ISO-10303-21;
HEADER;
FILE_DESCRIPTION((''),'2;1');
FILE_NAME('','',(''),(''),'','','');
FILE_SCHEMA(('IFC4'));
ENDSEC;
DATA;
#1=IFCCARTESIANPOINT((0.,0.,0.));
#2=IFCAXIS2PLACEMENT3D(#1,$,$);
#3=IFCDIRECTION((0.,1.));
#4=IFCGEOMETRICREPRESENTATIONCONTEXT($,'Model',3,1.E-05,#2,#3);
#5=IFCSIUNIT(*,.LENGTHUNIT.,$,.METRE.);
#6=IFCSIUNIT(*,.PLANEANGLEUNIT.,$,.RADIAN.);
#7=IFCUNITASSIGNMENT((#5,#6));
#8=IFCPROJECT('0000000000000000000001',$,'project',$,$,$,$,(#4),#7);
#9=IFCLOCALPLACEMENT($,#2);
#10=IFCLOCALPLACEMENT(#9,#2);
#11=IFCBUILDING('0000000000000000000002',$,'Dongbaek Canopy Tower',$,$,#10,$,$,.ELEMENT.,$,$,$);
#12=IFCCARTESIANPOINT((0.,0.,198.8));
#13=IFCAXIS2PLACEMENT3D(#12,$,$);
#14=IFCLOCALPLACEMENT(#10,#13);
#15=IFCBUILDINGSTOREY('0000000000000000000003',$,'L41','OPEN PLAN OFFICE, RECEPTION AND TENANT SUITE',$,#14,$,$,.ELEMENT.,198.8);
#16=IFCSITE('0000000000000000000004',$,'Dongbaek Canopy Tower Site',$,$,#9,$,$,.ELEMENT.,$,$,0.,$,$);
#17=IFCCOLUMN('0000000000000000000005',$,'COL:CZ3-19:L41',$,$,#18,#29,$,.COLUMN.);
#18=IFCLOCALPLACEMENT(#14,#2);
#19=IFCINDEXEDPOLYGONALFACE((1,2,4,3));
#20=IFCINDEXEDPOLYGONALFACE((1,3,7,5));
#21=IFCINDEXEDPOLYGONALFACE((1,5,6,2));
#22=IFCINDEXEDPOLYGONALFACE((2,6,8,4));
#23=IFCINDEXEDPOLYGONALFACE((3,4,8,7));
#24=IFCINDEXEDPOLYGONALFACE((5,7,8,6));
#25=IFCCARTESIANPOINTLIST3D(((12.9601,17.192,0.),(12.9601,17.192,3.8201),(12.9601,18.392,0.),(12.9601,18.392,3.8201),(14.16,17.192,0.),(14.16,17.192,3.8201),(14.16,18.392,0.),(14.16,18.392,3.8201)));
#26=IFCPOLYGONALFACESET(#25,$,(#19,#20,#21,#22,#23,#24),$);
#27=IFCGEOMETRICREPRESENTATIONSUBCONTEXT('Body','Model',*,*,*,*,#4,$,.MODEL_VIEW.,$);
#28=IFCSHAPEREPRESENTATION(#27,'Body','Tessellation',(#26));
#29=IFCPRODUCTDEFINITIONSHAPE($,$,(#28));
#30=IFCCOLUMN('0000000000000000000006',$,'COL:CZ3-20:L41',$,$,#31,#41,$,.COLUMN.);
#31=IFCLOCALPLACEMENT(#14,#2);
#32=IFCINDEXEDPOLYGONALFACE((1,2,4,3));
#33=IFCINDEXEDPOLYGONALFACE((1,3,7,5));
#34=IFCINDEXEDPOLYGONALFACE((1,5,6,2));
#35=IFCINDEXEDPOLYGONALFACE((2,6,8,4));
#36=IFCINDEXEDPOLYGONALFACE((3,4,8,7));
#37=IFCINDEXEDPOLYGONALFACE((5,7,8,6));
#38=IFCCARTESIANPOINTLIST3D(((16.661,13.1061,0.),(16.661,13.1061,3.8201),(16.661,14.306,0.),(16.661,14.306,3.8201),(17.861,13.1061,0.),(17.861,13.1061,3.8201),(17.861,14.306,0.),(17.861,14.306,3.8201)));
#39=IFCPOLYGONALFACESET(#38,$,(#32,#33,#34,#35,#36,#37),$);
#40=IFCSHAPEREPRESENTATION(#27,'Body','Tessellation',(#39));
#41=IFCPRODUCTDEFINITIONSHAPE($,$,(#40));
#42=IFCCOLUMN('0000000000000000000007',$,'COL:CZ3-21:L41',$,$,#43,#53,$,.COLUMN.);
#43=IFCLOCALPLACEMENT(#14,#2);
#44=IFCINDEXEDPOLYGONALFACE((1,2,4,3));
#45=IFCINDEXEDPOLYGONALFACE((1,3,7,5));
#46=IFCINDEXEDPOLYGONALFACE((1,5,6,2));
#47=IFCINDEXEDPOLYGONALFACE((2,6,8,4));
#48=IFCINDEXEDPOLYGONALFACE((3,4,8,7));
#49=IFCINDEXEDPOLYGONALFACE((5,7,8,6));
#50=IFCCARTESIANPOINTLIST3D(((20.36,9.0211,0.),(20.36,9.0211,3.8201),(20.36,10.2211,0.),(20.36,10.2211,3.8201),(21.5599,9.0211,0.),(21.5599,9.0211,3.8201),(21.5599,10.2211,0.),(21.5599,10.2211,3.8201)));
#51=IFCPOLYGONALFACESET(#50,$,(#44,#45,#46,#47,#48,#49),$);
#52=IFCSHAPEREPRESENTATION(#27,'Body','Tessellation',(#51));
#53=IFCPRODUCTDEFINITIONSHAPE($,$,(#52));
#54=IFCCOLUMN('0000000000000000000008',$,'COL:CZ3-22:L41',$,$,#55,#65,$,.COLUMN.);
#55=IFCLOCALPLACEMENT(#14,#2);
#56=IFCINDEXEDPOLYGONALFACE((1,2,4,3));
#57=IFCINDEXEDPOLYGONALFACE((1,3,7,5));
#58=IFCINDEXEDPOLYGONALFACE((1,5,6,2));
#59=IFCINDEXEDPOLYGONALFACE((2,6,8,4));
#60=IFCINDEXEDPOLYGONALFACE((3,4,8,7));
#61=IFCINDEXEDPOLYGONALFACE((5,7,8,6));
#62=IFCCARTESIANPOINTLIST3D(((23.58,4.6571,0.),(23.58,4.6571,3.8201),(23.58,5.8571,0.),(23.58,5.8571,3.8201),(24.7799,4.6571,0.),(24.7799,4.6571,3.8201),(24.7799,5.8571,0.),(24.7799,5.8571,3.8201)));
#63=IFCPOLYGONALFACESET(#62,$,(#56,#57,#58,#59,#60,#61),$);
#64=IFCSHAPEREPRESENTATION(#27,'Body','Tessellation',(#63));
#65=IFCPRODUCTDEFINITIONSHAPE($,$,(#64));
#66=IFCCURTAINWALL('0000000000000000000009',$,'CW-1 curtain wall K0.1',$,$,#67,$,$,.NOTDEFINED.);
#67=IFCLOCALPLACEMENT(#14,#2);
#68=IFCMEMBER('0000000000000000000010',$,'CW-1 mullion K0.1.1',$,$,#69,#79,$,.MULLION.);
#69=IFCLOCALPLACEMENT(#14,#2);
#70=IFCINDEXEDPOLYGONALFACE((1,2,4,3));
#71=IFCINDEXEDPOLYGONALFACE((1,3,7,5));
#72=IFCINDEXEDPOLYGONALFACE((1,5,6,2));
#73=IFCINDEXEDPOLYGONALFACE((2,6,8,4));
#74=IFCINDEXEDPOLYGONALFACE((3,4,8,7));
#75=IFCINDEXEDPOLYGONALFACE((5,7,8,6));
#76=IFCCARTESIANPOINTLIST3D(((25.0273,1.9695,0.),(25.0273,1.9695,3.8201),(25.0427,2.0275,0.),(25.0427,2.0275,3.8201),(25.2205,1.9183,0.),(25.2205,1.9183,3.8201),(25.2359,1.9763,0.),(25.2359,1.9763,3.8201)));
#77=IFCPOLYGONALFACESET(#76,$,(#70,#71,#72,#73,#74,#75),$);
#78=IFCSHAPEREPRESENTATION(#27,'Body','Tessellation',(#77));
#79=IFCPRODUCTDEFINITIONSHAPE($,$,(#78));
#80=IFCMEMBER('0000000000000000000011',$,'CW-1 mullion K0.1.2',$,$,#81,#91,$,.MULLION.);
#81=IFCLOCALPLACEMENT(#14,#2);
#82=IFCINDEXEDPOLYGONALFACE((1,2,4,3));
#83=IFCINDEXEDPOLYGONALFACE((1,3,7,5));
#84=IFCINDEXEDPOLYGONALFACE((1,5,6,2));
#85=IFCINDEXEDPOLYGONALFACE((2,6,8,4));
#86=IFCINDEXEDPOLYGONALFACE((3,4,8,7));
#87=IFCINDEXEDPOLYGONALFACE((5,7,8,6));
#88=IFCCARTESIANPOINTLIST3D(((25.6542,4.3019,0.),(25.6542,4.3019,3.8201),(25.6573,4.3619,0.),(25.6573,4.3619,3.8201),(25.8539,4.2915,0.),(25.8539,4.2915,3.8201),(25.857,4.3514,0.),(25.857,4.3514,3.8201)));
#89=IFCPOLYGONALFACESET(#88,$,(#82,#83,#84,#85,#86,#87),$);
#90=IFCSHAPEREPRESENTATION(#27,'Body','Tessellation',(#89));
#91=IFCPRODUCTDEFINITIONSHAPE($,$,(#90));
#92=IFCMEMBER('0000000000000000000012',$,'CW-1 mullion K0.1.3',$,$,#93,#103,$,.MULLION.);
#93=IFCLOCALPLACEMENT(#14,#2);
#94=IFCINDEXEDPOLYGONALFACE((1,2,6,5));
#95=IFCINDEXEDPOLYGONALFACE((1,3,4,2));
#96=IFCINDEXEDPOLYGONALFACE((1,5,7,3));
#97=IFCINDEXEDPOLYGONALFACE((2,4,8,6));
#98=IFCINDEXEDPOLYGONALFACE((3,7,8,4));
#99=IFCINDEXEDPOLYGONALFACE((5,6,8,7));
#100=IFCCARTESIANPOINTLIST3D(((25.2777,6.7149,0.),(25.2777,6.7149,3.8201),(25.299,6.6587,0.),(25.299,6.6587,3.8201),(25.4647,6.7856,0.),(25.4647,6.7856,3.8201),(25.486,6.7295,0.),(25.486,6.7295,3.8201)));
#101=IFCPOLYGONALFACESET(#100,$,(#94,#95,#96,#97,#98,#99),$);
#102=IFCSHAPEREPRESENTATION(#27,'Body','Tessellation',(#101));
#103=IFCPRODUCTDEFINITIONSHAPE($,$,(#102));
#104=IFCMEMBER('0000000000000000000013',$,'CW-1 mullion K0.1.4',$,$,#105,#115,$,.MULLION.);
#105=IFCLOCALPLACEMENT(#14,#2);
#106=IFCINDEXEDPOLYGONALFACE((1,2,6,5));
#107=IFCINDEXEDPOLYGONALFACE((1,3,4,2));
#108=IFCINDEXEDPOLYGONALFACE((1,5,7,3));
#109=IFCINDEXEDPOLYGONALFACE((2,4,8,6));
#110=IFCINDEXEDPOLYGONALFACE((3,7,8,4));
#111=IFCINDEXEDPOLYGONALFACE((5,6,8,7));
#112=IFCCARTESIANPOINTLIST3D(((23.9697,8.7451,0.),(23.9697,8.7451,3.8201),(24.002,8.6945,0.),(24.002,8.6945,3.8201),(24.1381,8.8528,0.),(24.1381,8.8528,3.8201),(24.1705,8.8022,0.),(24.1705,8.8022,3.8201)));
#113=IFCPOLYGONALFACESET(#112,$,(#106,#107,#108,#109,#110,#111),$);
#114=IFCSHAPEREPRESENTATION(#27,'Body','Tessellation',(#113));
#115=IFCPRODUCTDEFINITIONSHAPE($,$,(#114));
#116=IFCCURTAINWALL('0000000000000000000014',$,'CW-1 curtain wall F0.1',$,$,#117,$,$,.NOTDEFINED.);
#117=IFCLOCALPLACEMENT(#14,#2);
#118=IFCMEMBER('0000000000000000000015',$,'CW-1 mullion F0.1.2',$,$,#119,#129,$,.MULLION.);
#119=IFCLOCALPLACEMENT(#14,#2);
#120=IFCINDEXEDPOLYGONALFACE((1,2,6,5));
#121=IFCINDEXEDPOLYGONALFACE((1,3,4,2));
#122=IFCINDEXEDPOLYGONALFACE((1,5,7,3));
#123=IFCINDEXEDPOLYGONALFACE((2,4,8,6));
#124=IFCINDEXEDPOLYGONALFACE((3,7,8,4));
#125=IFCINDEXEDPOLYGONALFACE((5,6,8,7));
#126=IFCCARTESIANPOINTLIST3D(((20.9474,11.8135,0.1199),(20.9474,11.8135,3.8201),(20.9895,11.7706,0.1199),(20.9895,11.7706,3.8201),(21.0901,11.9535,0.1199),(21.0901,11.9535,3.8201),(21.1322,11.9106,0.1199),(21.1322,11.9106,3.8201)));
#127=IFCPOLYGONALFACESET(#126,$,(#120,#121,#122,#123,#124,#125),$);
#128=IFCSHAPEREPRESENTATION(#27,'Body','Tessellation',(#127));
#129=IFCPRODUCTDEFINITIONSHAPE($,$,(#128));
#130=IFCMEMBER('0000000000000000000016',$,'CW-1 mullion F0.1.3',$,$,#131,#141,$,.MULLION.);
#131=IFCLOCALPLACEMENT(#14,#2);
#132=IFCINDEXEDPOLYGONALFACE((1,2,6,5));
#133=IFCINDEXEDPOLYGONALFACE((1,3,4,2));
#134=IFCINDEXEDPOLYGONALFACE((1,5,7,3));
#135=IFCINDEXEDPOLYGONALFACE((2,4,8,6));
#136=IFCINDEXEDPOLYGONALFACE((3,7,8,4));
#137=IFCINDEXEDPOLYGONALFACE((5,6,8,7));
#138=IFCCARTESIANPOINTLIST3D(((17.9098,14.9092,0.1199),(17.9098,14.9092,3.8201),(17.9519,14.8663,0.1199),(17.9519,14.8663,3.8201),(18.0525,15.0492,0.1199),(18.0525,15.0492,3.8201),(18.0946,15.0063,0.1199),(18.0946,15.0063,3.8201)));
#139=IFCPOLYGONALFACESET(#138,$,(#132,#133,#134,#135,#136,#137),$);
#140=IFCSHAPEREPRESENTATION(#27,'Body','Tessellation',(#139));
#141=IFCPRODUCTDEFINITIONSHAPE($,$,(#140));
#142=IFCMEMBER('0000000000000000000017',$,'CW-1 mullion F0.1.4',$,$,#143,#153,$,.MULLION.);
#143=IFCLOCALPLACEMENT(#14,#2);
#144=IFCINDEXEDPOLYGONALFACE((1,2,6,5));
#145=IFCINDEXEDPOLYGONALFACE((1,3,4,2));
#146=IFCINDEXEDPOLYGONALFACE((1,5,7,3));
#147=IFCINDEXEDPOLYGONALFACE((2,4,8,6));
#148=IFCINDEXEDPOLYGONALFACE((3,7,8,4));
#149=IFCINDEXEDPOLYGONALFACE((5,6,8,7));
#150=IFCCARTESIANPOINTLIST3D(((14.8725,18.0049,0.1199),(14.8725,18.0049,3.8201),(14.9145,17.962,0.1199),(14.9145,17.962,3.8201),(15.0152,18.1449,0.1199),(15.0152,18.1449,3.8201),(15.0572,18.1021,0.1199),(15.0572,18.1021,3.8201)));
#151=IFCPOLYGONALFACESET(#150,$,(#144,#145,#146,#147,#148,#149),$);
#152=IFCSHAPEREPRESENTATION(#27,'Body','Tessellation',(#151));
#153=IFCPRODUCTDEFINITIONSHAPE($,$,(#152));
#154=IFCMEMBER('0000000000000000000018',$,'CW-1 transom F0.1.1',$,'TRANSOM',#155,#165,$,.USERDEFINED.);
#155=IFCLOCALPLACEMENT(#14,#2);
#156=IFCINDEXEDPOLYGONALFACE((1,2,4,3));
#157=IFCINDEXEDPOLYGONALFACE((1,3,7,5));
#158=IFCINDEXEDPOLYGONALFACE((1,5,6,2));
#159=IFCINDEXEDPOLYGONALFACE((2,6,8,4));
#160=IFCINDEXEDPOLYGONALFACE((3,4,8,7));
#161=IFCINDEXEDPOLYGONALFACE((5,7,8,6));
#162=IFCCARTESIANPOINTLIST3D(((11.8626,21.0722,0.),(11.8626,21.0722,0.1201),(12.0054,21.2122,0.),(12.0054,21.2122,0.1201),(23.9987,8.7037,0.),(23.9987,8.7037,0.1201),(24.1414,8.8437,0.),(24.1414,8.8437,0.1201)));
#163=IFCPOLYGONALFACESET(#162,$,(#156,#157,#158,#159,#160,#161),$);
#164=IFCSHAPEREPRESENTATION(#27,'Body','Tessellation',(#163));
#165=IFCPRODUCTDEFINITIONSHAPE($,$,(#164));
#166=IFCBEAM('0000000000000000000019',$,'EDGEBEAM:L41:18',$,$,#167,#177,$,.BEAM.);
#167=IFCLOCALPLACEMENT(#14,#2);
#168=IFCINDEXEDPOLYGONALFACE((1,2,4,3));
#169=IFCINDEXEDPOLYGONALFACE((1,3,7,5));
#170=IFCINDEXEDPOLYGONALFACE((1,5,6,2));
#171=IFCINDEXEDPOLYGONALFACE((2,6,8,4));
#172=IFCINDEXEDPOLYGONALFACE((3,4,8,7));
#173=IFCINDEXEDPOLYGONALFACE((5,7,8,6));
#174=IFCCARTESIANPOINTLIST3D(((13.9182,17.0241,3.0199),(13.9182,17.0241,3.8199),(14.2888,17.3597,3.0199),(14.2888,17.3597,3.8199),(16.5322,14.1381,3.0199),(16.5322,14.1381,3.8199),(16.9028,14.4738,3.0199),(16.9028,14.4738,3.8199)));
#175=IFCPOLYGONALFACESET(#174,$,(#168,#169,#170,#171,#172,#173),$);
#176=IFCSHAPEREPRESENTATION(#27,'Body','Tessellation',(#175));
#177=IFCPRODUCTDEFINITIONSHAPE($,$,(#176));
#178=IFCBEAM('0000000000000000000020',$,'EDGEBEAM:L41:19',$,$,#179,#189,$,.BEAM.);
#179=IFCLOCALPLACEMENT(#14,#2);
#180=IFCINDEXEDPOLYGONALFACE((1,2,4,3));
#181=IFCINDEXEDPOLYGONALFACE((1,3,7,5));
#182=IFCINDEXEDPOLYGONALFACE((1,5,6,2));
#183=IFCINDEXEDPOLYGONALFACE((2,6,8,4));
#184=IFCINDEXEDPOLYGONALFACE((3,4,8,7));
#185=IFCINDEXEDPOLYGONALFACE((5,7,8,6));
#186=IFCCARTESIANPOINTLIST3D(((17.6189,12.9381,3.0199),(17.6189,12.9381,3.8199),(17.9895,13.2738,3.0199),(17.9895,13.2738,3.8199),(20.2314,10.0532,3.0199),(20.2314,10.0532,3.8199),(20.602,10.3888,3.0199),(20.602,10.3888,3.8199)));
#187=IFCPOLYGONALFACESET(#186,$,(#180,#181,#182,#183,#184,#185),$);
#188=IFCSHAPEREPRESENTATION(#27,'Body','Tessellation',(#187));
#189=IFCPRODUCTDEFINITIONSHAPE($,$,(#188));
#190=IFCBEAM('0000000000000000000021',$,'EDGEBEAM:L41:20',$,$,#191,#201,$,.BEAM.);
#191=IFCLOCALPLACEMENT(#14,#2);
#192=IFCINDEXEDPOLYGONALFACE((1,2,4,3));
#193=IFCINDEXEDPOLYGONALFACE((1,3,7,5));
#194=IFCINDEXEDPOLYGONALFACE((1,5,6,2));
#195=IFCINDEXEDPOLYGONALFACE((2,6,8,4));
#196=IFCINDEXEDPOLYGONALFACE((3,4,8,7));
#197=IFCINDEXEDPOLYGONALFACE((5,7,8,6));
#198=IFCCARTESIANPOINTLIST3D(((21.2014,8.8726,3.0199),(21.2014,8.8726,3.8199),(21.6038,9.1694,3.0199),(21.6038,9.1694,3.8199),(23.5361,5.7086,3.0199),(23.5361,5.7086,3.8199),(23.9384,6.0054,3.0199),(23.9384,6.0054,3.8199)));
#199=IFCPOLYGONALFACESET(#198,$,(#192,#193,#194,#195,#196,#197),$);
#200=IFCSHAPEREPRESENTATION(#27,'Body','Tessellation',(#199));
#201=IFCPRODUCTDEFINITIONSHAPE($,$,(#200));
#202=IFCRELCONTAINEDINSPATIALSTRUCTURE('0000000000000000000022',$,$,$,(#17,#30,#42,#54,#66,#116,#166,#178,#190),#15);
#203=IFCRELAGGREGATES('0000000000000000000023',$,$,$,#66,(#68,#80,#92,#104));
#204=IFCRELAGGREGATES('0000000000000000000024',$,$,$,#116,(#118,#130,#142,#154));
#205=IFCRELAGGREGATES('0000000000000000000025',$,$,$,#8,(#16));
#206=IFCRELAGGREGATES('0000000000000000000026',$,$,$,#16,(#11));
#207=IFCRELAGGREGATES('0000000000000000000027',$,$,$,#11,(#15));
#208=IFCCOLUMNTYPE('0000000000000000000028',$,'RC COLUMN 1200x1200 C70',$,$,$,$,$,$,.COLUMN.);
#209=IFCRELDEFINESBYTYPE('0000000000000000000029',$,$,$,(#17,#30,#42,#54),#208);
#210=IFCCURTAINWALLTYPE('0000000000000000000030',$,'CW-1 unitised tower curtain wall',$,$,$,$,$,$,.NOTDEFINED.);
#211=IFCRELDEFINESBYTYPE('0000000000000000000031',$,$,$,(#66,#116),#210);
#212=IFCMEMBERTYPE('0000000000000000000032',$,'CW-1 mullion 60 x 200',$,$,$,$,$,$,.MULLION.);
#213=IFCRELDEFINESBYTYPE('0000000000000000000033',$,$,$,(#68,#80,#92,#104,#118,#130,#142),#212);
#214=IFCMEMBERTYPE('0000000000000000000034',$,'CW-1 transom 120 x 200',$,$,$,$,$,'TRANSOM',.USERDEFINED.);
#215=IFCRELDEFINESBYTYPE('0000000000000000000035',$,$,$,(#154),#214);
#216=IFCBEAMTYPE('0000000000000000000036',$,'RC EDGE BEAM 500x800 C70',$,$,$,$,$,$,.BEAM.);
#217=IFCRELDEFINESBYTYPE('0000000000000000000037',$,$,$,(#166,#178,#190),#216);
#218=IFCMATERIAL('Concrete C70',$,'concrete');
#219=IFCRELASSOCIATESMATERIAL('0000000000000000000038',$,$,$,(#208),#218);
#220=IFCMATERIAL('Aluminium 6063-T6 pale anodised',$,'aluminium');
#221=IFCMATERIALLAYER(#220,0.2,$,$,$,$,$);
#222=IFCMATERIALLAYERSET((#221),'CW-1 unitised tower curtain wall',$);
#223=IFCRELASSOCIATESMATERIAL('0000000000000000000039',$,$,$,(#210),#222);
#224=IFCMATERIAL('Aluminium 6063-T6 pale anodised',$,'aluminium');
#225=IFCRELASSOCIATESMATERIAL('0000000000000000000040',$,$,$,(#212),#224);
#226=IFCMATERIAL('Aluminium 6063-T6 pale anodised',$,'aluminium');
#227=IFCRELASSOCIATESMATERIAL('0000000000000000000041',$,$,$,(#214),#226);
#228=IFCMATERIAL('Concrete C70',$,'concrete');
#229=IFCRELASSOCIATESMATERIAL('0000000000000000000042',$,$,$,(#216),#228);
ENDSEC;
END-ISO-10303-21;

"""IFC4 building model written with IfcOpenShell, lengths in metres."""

from ifc_helpers import new_model, si_unit, direction, frame, origin, origin_2d, place, context, subcontext, project, spatial, rectangle, extrude, material, layer, layer_set, material_profile, profile_set, type_object, element, aggregate, save


model = new_model("IFC4")

# Units and contexts
model_context = context("Model", 3, precision=1e-05, world=origin(), true_north=direction((0.0, 1.0)))
body_context = subcontext(model_context, "Body", "Model", "MODEL_VIEW")
ifc_project = project(units=[si_unit("LENGTHUNIT", "METRE"), si_unit("PLANEANGLEUNIT", "RADIAN")], contexts=[model_context])

# Site, building, storey
site_placement = place(None, origin())
site = spatial("IfcSite", under=ifc_project, at=site_placement, Name="Dongbaek Canopy Tower Site", CompositionType="ELEMENT", RefElevation=0.0)
building_placement = place(site_placement, origin())
building = spatial("IfcBuilding", under=site, at=building_placement, Name="Dongbaek Canopy Tower", CompositionType="ELEMENT")
storey_placement = place(building_placement, frame((0.0, 0.0, 198.8)))
storey = spatial("IfcBuildingStorey", under=building, at=storey_placement, Name="L41", Description="OPEN PLAN OFFICE, RECEPTION AND TENANT SUITE", CompositionType="ELEMENT", Elevation=198.8)

# Columns
ifc_material_1 = material(Name="Concrete C70", Category="concrete")
ifc_material_profile_1 = material_profile(ifc_material_1, rectangle(XDim=1.2, YDim=1.2, at=origin_2d()), Name="RC COLUMN 1200x1200 C70")
ifc_profile_set_1 = profile_set([ifc_material_profile_1], Name="Concrete C70")
column_type = type_object("IfcColumnType", Name="RC COLUMN 1200x1200 C70", PredefinedType="COLUMN", material=ifc_profile_set_1)
for number, where, z_axis, x_axis, name in (
    (1, (13.5601, 17.792, 0.0), (0.0, 0.0, 1.0), (1.0, 0.0, 0.0), "COL:CZ3-19:L41"),
    (2, (17.261, 13.7061, 0.0), (0.0, 0.0, 1.0), (1.0, 0.0, 0.0), "COL:CZ3-20:L41"),
    (3, (20.96, 9.6211, 0.0), (0.0, 0.0, 1.0), (1.0, 0.0, 0.0), "COL:CZ3-21:L41"),
    (4, (24.1799, 5.2571, 0.0), (0.0, 0.0, 1.0), (1.0, 0.0, 0.0), "COL:CZ3-22:L41"),
):
    element("IfcColumn", number, at=place(storey_placement, frame(where, z_axis=z_axis, x_axis=x_axis)), inside=storey, type_object=column_type, Name=name, PredefinedType="COLUMN", context=body_context, shape_type="SweptSolid", body=[
        extrude(rectangle(XDim=1.2, YDim=1.2, at=origin_2d()), origin(), (0.0, 0.0, 1.0), 3.8201),
    ])

# Curtain walls, members
ifc_material_2 = material(Name="Aluminium 6063-T6 pale anodised", Category="aluminium")
ifc_layer_1 = layer(ifc_material_2, 0.2)
ifc_layer_set_1 = layer_set([ifc_layer_1], Name="CW-1 unitised tower curtain wall")
curtain_wall_type = type_object("IfcCurtainWallType", Name="CW-1 unitised tower curtain wall", PredefinedType="NOTDEFINED", material=ifc_layer_set_1)
curtain_wall_1_placement = place(storey_placement, origin())
curtain_wall_1 = element("IfcCurtainWall", 5, at=curtain_wall_1_placement, inside=storey, type_object=curtain_wall_type, Name="CW-1 curtain wall K0.1", PredefinedType="NOTDEFINED")
ifc_material_3 = material(Name="Aluminium 6063-T6 pale anodised", Category="aluminium")
ifc_material_profile_2 = material_profile(ifc_material_3, rectangle(XDim=0.2, YDim=0.0601, at=origin_2d()), Name="CW-1 mullion 60 x 200")
ifc_profile_set_2 = profile_set([ifc_material_profile_2], Name="Aluminium 6063-T6 pale anodised")
member_type_1 = type_object("IfcMemberType", Name="CW-1 mullion 60 x 200", PredefinedType="MULLION", material=ifc_profile_set_2)
member_1_placement = place(storey_placement, frame((25.1316, 1.9729, 0.0), z_axis=(0.0, 0.0, 1.0), x_axis=(0.966599, -0.256293, 0.0)))
member_1 = element("IfcMember", 6, at=member_1_placement, type_object=member_type_1, Name="CW-1 mullion K0.1.1", PredefinedType="MULLION", context=body_context, shape_type="SweptSolid", body=[
    extrude(rectangle(XDim=0.2, YDim=0.0601, at=origin_2d()), origin(), (0.0, 0.0, 1.0), 3.8201),
])
member_2_placement = place(storey_placement, frame((25.7556, 4.3267, 0.0), z_axis=(0.0, 0.0, 1.0), x_axis=(0.99864, -0.052142, 0.0)))
member_2 = element("IfcMember", 7, at=member_2_placement, type_object=member_type_1, Name="CW-1 mullion K0.1.2", PredefinedType="MULLION", context=body_context, shape_type="SweptSolid", body=[
    extrude(rectangle(XDim=0.2, YDim=0.0601, at=origin_2d()), origin(), (0.0, 0.0, 1.0), 3.8201),
])
member_3_placement = place(storey_placement, frame((25.3818, 6.7222, 0.0), z_axis=(0.0, 0.0, 1.0), x_axis=(0.935235, 0.354027, 0.0)))
member_3 = element("IfcMember", 8, at=member_3_placement, type_object=member_type_1, Name="CW-1 mullion K0.1.3", PredefinedType="MULLION", context=body_context, shape_type="SweptSolid", body=[
    extrude(rectangle(XDim=0.2, YDim=0.0601, at=origin_2d()), origin(), (0.0, 0.0, 1.0), 3.8201),
])
member_4_placement = place(storey_placement, frame((24.0701, 8.7737, 0.0), z_axis=(0.0, 0.0, 1.0), x_axis=(0.842498, 0.5387, 0.0)))
member_4 = element("IfcMember", 9, at=member_4_placement, type_object=member_type_1, Name="CW-1 mullion K0.1.4", PredefinedType="MULLION", context=body_context, shape_type="SweptSolid", body=[
    extrude(rectangle(XDim=0.2, YDim=0.0601, at=origin_2d()), origin(), (0.0, 0.0, 1.0), 3.8201),
])
curtain_wall_2_placement = place(storey_placement, origin())
curtain_wall_2 = element("IfcCurtainWall", 10, at=curtain_wall_2_placement, inside=storey, type_object=curtain_wall_type, Name="CW-1 curtain wall F0.1", PredefinedType="NOTDEFINED")
member_5_placement = place(storey_placement, frame((21.0398, 11.8621, 0.1199), z_axis=(0.0, 0.0, 1.0), x_axis=(0.713782, 0.700368, 0.0)))
member_5 = element("IfcMember", 11, at=member_5_placement, type_object=member_type_1, Name="CW-1 mullion F0.1.2", PredefinedType="MULLION", context=body_context, shape_type="SweptSolid", body=[
    extrude(rectangle(XDim=0.2, YDim=0.0601, at=origin_2d()), origin(), (0.0, 0.0, 1.0), 3.7002),
])
member_6_placement = place(storey_placement, frame((18.0022, 14.9578, 0.1199), z_axis=(0.0, 0.0, 1.0), x_axis=(0.713782, 0.700368, 0.0)))
member_6 = element("IfcMember", 12, at=member_6_placement, type_object=member_type_1, Name="CW-1 mullion F0.1.3", PredefinedType="MULLION", context=body_context, shape_type="SweptSolid", body=[
    extrude(rectangle(XDim=0.2, YDim=0.0601, at=origin_2d()), origin(), (0.0, 0.0, 1.0), 3.7002),
])
member_7_placement = place(storey_placement, frame((14.9648, 18.0535, 0.1199), z_axis=(0.0, 0.0, 1.0), x_axis=(0.713782, 0.700368, 0.0)))
member_7 = element("IfcMember", 13, at=member_7_placement, type_object=member_type_1, Name="CW-1 mullion F0.1.4", PredefinedType="MULLION", context=body_context, shape_type="SweptSolid", body=[
    extrude(rectangle(XDim=0.2, YDim=0.0601, at=origin_2d()), origin(), (0.0, 0.0, 1.0), 3.7002),
])
ifc_material_4 = material(Name="Aluminium 6063-T6 pale anodised", Category="aluminium")
ifc_material_profile_3 = material_profile(ifc_material_4, rectangle(XDim=0.2, YDim=0.1201, at=origin_2d()), Name="CW-1 transom 120 x 200")
ifc_profile_set_3 = profile_set([ifc_material_profile_3], Name="Aluminium 6063-T6 pale anodised")
member_type_2 = type_object("IfcMemberType", Name="CW-1 transom 120 x 200", ElementType="TRANSOM", PredefinedType="USERDEFINED", material=ifc_profile_set_3)
member_8_placement = place(storey_placement, frame((24.0701, 8.7737, 0.0601), z_axis=(-0.700368, 0.713782, 0.0), x_axis=(-0.713782, -0.700368, 0.0)))
member_8 = element("IfcMember", 14, at=member_8_placement, type_object=member_type_2, Name="CW-1 transom F0.1.1", ObjectType="TRANSOM", PredefinedType="USERDEFINED", context=body_context, shape_type="SweptSolid", body=[
    extrude(rectangle(XDim=0.2, YDim=0.1201, at=origin_2d()), origin(), (0.0, 0.0, 1.0), 17.3281),
])

# Beams
ifc_material_5 = material(Name="Concrete C70", Category="concrete")
ifc_material_profile_4 = material_profile(ifc_material_5, rectangle(XDim=0.5, YDim=0.8, at=origin_2d()), Name="RC EDGE BEAM 500x800 C70")
ifc_profile_set_4 = profile_set([ifc_material_profile_4], Name="Concrete C70")
beam_type = type_object("IfcBeamType", Name="RC EDGE BEAM 500x800 C70", PredefinedType="BEAM", material=ifc_profile_set_4)
beam_1_placement = place(storey_placement, frame((14.1035, 17.1919, 3.4199), z_axis=(0.67132, -0.741167, 0.0), x_axis=(0.741167, 0.67132, 0.0)))
element("IfcBeam", 15, at=beam_1_placement, inside=storey, type_object=beam_type, Name="EDGEBEAM:L41:18", PredefinedType="BEAM", context=body_context, shape_type="SweptSolid", body=[
    extrude(rectangle(XDim=0.5, YDim=0.8, at=origin_2d()), origin(), (0.0, 0.0, 1.0), 3.8938),
])
beam_2_placement = place(storey_placement, frame((17.8042, 13.106, 3.4199), z_axis=(0.671238, -0.741241, 0.0), x_axis=(0.741241, 0.671238, 0.0)))
element("IfcBeam", 16, at=beam_2_placement, inside=storey, type_object=beam_type, Name="EDGEBEAM:L41:19", PredefinedType="BEAM", context=body_context, shape_type="SweptSolid", body=[
    extrude(rectangle(XDim=0.5, YDim=0.8, at=origin_2d()), origin(), (0.0, 0.0, 1.0), 3.8921),
])
beam_3_placement = place(storey_placement, frame((21.4026, 9.021, 3.4199), z_axis=(0.593743, -0.804655, 0.0), x_axis=(0.804655, 0.593743, 0.0)))
element("IfcBeam", 17, at=beam_3_placement, inside=storey, type_object=beam_type, Name="EDGEBEAM:L41:20", PredefinedType="BEAM", context=body_context, shape_type="SweptSolid", body=[
    extrude(rectangle(XDim=0.5, YDim=0.8, at=origin_2d()), origin(), (0.0, 0.0, 1.0), 3.9321),
])

aggregate(curtain_wall_1, [member_1, member_2, member_3, member_4])
aggregate(curtain_wall_2, [member_5, member_6, member_7, member_8])

save(model, "model.ifc")
